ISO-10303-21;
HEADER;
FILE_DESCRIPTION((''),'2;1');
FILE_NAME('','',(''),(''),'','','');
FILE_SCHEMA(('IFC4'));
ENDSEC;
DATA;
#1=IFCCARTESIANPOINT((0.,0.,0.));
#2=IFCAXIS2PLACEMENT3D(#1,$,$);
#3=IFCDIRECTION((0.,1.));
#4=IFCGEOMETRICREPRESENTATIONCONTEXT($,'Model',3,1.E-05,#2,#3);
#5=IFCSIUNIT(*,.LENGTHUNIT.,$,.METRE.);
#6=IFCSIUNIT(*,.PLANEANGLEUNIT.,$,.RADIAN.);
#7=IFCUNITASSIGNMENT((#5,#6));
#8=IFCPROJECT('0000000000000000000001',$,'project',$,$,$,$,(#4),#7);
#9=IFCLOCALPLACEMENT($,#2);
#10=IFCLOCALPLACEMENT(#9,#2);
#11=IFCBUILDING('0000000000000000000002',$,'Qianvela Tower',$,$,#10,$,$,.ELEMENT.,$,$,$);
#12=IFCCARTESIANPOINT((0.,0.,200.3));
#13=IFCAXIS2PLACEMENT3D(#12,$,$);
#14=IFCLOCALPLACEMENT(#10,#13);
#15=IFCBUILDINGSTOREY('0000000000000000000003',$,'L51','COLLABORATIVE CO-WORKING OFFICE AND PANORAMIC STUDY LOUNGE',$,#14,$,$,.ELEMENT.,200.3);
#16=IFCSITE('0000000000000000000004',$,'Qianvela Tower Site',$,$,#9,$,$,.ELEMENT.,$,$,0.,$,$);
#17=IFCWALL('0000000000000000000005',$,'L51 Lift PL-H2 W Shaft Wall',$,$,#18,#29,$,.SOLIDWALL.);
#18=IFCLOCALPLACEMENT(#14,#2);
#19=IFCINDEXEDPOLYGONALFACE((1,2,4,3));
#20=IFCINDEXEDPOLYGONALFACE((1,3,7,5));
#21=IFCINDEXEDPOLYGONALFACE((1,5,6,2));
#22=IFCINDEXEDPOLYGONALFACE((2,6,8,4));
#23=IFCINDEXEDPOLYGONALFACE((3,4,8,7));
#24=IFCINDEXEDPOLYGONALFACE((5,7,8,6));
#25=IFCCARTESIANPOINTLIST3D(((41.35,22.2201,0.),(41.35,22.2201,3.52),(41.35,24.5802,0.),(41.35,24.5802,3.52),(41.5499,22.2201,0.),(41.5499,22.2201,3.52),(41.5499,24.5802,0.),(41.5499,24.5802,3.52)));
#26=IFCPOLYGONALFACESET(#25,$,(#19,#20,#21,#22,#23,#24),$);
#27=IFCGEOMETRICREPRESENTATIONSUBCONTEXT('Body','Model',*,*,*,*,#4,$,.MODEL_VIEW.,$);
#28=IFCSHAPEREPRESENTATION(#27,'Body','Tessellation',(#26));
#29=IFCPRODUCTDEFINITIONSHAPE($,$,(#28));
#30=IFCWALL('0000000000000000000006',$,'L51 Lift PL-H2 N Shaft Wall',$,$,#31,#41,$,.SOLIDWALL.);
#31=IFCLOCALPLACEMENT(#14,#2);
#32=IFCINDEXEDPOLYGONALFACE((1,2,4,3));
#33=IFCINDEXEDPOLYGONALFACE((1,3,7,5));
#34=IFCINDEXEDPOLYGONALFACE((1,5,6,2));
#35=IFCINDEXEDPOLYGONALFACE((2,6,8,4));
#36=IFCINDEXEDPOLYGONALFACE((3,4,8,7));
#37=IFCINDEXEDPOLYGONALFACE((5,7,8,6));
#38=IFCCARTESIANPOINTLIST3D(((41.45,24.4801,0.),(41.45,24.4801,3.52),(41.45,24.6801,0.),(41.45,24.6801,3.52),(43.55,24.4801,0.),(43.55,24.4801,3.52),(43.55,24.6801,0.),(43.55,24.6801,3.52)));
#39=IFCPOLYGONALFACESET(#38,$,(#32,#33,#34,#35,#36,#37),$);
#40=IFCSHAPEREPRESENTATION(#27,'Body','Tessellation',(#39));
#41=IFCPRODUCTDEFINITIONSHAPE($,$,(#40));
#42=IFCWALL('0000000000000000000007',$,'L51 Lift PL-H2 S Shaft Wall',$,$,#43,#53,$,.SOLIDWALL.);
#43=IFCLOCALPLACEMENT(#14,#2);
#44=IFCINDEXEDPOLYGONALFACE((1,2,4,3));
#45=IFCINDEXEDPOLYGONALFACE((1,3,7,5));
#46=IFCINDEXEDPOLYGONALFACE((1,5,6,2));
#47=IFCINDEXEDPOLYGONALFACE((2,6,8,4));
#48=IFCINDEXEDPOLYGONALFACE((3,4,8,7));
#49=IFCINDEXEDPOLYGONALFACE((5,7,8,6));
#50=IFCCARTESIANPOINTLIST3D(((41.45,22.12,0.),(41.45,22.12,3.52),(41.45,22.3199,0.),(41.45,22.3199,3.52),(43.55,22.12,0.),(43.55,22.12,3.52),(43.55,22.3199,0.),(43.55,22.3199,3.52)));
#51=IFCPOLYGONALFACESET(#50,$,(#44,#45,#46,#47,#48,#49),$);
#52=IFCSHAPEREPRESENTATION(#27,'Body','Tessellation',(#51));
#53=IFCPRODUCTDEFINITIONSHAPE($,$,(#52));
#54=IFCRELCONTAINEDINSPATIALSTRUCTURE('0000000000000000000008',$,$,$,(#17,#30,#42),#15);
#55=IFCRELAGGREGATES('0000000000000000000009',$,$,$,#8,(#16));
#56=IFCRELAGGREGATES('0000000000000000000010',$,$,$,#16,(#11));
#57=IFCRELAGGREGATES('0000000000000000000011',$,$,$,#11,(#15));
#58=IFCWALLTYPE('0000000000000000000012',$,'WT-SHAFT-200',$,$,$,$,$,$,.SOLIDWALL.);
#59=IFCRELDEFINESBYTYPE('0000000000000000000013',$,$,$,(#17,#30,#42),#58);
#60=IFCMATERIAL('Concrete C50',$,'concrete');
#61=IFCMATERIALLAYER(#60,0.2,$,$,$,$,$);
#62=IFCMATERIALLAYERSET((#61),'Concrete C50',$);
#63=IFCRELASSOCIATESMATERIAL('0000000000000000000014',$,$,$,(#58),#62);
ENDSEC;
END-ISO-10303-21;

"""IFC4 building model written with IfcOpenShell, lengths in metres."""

from ifc_helpers import new_model, si_unit, direction, frame, frame_2d, origin, place, context, subcontext, project, spatial, rectangle, extrude, material, layer, layer_set, type_object, element, save


model = new_model("IFC4")

# Units and contexts
model_context = context("Model", 3, precision=1e-05, world=origin(), true_north=direction((0.0, 1.0)))
body_context = subcontext(model_context, "Body", "Model", "MODEL_VIEW")
ifc_project = project(units=[si_unit("LENGTHUNIT", "METRE"), si_unit("PLANEANGLEUNIT", "RADIAN")], contexts=[model_context])

# Site, building, storey
site_placement = place(None, origin())
site = spatial("IfcSite", under=ifc_project, at=site_placement, Name="Qianvela Tower Site", CompositionType="ELEMENT", RefElevation=0.0)
building_placement = place(site_placement, origin())
building = spatial("IfcBuilding", under=site, at=building_placement, Name="Qianvela Tower", CompositionType="ELEMENT")
storey_placement = place(building_placement, frame((0.0, 0.0, 200.3)))
storey = spatial("IfcBuildingStorey", under=building, at=storey_placement, Name="L51", Description="COLLABORATIVE CO-WORKING OFFICE AND PANORAMIC STUDY LOUNGE", CompositionType="ELEMENT", Elevation=200.3)

# Shared definitions
ifc_material_1 = material(Name="Concrete C50", Category="concrete")
ifc_layer_1 = layer(ifc_material_1, 0.2)
ifc_layer_set_1 = layer_set([ifc_layer_1], Name="Concrete C50")
wall_type_1 = type_object("IfcWallType", Name="WT-SHAFT-200", PredefinedType="SOLIDWALL", material=ifc_layer_set_1)

# Walls
wall_1_placement = place(storey_placement, frame((41.45, 22.22, 0.0), z_axis=(0.0, 0.0, 1.0), x_axis=(0.0, 1.0, 0.0)))
element("IfcWall", 1, at=wall_1_placement, inside=storey, type_object=wall_type_1, Name="L51 Lift PL-H2 W Shaft Wall", PredefinedType="SOLIDWALL", context=body_context, shape_type="SweptSolid", body=[
    extrude(rectangle(XDim=2.3601, YDim=0.2, at=frame_2d((1.1802, 0.0))), origin(), (0.0, 0.0, 1.0), 3.52),
])
for number, where, z_axis, x_axis, name in (
    (2, (41.45, 24.5801, 0.0), (0.0, 0.0, 1.0), (1.0, 0.0, 0.0), "L51 Lift PL-H2 N Shaft Wall"),
    (3, (41.45, 22.22, 0.0), (0.0, 0.0, 1.0), (1.0, 0.0, 0.0), "L51 Lift PL-H2 S Shaft Wall"),
):
    element("IfcWall", number, at=place(storey_placement, frame(where, z_axis=z_axis, x_axis=x_axis)), inside=storey, type_object=wall_type_1, Name=name, PredefinedType="SOLIDWALL", context=body_context, shape_type="SweptSolid", body=[
        extrude(rectangle(XDim=2.1001, YDim=0.2, at=frame_2d((1.05, 0.0))), origin(), (0.0, 0.0, 1.0), 3.52),
    ])

save(model, "model.ifc")
